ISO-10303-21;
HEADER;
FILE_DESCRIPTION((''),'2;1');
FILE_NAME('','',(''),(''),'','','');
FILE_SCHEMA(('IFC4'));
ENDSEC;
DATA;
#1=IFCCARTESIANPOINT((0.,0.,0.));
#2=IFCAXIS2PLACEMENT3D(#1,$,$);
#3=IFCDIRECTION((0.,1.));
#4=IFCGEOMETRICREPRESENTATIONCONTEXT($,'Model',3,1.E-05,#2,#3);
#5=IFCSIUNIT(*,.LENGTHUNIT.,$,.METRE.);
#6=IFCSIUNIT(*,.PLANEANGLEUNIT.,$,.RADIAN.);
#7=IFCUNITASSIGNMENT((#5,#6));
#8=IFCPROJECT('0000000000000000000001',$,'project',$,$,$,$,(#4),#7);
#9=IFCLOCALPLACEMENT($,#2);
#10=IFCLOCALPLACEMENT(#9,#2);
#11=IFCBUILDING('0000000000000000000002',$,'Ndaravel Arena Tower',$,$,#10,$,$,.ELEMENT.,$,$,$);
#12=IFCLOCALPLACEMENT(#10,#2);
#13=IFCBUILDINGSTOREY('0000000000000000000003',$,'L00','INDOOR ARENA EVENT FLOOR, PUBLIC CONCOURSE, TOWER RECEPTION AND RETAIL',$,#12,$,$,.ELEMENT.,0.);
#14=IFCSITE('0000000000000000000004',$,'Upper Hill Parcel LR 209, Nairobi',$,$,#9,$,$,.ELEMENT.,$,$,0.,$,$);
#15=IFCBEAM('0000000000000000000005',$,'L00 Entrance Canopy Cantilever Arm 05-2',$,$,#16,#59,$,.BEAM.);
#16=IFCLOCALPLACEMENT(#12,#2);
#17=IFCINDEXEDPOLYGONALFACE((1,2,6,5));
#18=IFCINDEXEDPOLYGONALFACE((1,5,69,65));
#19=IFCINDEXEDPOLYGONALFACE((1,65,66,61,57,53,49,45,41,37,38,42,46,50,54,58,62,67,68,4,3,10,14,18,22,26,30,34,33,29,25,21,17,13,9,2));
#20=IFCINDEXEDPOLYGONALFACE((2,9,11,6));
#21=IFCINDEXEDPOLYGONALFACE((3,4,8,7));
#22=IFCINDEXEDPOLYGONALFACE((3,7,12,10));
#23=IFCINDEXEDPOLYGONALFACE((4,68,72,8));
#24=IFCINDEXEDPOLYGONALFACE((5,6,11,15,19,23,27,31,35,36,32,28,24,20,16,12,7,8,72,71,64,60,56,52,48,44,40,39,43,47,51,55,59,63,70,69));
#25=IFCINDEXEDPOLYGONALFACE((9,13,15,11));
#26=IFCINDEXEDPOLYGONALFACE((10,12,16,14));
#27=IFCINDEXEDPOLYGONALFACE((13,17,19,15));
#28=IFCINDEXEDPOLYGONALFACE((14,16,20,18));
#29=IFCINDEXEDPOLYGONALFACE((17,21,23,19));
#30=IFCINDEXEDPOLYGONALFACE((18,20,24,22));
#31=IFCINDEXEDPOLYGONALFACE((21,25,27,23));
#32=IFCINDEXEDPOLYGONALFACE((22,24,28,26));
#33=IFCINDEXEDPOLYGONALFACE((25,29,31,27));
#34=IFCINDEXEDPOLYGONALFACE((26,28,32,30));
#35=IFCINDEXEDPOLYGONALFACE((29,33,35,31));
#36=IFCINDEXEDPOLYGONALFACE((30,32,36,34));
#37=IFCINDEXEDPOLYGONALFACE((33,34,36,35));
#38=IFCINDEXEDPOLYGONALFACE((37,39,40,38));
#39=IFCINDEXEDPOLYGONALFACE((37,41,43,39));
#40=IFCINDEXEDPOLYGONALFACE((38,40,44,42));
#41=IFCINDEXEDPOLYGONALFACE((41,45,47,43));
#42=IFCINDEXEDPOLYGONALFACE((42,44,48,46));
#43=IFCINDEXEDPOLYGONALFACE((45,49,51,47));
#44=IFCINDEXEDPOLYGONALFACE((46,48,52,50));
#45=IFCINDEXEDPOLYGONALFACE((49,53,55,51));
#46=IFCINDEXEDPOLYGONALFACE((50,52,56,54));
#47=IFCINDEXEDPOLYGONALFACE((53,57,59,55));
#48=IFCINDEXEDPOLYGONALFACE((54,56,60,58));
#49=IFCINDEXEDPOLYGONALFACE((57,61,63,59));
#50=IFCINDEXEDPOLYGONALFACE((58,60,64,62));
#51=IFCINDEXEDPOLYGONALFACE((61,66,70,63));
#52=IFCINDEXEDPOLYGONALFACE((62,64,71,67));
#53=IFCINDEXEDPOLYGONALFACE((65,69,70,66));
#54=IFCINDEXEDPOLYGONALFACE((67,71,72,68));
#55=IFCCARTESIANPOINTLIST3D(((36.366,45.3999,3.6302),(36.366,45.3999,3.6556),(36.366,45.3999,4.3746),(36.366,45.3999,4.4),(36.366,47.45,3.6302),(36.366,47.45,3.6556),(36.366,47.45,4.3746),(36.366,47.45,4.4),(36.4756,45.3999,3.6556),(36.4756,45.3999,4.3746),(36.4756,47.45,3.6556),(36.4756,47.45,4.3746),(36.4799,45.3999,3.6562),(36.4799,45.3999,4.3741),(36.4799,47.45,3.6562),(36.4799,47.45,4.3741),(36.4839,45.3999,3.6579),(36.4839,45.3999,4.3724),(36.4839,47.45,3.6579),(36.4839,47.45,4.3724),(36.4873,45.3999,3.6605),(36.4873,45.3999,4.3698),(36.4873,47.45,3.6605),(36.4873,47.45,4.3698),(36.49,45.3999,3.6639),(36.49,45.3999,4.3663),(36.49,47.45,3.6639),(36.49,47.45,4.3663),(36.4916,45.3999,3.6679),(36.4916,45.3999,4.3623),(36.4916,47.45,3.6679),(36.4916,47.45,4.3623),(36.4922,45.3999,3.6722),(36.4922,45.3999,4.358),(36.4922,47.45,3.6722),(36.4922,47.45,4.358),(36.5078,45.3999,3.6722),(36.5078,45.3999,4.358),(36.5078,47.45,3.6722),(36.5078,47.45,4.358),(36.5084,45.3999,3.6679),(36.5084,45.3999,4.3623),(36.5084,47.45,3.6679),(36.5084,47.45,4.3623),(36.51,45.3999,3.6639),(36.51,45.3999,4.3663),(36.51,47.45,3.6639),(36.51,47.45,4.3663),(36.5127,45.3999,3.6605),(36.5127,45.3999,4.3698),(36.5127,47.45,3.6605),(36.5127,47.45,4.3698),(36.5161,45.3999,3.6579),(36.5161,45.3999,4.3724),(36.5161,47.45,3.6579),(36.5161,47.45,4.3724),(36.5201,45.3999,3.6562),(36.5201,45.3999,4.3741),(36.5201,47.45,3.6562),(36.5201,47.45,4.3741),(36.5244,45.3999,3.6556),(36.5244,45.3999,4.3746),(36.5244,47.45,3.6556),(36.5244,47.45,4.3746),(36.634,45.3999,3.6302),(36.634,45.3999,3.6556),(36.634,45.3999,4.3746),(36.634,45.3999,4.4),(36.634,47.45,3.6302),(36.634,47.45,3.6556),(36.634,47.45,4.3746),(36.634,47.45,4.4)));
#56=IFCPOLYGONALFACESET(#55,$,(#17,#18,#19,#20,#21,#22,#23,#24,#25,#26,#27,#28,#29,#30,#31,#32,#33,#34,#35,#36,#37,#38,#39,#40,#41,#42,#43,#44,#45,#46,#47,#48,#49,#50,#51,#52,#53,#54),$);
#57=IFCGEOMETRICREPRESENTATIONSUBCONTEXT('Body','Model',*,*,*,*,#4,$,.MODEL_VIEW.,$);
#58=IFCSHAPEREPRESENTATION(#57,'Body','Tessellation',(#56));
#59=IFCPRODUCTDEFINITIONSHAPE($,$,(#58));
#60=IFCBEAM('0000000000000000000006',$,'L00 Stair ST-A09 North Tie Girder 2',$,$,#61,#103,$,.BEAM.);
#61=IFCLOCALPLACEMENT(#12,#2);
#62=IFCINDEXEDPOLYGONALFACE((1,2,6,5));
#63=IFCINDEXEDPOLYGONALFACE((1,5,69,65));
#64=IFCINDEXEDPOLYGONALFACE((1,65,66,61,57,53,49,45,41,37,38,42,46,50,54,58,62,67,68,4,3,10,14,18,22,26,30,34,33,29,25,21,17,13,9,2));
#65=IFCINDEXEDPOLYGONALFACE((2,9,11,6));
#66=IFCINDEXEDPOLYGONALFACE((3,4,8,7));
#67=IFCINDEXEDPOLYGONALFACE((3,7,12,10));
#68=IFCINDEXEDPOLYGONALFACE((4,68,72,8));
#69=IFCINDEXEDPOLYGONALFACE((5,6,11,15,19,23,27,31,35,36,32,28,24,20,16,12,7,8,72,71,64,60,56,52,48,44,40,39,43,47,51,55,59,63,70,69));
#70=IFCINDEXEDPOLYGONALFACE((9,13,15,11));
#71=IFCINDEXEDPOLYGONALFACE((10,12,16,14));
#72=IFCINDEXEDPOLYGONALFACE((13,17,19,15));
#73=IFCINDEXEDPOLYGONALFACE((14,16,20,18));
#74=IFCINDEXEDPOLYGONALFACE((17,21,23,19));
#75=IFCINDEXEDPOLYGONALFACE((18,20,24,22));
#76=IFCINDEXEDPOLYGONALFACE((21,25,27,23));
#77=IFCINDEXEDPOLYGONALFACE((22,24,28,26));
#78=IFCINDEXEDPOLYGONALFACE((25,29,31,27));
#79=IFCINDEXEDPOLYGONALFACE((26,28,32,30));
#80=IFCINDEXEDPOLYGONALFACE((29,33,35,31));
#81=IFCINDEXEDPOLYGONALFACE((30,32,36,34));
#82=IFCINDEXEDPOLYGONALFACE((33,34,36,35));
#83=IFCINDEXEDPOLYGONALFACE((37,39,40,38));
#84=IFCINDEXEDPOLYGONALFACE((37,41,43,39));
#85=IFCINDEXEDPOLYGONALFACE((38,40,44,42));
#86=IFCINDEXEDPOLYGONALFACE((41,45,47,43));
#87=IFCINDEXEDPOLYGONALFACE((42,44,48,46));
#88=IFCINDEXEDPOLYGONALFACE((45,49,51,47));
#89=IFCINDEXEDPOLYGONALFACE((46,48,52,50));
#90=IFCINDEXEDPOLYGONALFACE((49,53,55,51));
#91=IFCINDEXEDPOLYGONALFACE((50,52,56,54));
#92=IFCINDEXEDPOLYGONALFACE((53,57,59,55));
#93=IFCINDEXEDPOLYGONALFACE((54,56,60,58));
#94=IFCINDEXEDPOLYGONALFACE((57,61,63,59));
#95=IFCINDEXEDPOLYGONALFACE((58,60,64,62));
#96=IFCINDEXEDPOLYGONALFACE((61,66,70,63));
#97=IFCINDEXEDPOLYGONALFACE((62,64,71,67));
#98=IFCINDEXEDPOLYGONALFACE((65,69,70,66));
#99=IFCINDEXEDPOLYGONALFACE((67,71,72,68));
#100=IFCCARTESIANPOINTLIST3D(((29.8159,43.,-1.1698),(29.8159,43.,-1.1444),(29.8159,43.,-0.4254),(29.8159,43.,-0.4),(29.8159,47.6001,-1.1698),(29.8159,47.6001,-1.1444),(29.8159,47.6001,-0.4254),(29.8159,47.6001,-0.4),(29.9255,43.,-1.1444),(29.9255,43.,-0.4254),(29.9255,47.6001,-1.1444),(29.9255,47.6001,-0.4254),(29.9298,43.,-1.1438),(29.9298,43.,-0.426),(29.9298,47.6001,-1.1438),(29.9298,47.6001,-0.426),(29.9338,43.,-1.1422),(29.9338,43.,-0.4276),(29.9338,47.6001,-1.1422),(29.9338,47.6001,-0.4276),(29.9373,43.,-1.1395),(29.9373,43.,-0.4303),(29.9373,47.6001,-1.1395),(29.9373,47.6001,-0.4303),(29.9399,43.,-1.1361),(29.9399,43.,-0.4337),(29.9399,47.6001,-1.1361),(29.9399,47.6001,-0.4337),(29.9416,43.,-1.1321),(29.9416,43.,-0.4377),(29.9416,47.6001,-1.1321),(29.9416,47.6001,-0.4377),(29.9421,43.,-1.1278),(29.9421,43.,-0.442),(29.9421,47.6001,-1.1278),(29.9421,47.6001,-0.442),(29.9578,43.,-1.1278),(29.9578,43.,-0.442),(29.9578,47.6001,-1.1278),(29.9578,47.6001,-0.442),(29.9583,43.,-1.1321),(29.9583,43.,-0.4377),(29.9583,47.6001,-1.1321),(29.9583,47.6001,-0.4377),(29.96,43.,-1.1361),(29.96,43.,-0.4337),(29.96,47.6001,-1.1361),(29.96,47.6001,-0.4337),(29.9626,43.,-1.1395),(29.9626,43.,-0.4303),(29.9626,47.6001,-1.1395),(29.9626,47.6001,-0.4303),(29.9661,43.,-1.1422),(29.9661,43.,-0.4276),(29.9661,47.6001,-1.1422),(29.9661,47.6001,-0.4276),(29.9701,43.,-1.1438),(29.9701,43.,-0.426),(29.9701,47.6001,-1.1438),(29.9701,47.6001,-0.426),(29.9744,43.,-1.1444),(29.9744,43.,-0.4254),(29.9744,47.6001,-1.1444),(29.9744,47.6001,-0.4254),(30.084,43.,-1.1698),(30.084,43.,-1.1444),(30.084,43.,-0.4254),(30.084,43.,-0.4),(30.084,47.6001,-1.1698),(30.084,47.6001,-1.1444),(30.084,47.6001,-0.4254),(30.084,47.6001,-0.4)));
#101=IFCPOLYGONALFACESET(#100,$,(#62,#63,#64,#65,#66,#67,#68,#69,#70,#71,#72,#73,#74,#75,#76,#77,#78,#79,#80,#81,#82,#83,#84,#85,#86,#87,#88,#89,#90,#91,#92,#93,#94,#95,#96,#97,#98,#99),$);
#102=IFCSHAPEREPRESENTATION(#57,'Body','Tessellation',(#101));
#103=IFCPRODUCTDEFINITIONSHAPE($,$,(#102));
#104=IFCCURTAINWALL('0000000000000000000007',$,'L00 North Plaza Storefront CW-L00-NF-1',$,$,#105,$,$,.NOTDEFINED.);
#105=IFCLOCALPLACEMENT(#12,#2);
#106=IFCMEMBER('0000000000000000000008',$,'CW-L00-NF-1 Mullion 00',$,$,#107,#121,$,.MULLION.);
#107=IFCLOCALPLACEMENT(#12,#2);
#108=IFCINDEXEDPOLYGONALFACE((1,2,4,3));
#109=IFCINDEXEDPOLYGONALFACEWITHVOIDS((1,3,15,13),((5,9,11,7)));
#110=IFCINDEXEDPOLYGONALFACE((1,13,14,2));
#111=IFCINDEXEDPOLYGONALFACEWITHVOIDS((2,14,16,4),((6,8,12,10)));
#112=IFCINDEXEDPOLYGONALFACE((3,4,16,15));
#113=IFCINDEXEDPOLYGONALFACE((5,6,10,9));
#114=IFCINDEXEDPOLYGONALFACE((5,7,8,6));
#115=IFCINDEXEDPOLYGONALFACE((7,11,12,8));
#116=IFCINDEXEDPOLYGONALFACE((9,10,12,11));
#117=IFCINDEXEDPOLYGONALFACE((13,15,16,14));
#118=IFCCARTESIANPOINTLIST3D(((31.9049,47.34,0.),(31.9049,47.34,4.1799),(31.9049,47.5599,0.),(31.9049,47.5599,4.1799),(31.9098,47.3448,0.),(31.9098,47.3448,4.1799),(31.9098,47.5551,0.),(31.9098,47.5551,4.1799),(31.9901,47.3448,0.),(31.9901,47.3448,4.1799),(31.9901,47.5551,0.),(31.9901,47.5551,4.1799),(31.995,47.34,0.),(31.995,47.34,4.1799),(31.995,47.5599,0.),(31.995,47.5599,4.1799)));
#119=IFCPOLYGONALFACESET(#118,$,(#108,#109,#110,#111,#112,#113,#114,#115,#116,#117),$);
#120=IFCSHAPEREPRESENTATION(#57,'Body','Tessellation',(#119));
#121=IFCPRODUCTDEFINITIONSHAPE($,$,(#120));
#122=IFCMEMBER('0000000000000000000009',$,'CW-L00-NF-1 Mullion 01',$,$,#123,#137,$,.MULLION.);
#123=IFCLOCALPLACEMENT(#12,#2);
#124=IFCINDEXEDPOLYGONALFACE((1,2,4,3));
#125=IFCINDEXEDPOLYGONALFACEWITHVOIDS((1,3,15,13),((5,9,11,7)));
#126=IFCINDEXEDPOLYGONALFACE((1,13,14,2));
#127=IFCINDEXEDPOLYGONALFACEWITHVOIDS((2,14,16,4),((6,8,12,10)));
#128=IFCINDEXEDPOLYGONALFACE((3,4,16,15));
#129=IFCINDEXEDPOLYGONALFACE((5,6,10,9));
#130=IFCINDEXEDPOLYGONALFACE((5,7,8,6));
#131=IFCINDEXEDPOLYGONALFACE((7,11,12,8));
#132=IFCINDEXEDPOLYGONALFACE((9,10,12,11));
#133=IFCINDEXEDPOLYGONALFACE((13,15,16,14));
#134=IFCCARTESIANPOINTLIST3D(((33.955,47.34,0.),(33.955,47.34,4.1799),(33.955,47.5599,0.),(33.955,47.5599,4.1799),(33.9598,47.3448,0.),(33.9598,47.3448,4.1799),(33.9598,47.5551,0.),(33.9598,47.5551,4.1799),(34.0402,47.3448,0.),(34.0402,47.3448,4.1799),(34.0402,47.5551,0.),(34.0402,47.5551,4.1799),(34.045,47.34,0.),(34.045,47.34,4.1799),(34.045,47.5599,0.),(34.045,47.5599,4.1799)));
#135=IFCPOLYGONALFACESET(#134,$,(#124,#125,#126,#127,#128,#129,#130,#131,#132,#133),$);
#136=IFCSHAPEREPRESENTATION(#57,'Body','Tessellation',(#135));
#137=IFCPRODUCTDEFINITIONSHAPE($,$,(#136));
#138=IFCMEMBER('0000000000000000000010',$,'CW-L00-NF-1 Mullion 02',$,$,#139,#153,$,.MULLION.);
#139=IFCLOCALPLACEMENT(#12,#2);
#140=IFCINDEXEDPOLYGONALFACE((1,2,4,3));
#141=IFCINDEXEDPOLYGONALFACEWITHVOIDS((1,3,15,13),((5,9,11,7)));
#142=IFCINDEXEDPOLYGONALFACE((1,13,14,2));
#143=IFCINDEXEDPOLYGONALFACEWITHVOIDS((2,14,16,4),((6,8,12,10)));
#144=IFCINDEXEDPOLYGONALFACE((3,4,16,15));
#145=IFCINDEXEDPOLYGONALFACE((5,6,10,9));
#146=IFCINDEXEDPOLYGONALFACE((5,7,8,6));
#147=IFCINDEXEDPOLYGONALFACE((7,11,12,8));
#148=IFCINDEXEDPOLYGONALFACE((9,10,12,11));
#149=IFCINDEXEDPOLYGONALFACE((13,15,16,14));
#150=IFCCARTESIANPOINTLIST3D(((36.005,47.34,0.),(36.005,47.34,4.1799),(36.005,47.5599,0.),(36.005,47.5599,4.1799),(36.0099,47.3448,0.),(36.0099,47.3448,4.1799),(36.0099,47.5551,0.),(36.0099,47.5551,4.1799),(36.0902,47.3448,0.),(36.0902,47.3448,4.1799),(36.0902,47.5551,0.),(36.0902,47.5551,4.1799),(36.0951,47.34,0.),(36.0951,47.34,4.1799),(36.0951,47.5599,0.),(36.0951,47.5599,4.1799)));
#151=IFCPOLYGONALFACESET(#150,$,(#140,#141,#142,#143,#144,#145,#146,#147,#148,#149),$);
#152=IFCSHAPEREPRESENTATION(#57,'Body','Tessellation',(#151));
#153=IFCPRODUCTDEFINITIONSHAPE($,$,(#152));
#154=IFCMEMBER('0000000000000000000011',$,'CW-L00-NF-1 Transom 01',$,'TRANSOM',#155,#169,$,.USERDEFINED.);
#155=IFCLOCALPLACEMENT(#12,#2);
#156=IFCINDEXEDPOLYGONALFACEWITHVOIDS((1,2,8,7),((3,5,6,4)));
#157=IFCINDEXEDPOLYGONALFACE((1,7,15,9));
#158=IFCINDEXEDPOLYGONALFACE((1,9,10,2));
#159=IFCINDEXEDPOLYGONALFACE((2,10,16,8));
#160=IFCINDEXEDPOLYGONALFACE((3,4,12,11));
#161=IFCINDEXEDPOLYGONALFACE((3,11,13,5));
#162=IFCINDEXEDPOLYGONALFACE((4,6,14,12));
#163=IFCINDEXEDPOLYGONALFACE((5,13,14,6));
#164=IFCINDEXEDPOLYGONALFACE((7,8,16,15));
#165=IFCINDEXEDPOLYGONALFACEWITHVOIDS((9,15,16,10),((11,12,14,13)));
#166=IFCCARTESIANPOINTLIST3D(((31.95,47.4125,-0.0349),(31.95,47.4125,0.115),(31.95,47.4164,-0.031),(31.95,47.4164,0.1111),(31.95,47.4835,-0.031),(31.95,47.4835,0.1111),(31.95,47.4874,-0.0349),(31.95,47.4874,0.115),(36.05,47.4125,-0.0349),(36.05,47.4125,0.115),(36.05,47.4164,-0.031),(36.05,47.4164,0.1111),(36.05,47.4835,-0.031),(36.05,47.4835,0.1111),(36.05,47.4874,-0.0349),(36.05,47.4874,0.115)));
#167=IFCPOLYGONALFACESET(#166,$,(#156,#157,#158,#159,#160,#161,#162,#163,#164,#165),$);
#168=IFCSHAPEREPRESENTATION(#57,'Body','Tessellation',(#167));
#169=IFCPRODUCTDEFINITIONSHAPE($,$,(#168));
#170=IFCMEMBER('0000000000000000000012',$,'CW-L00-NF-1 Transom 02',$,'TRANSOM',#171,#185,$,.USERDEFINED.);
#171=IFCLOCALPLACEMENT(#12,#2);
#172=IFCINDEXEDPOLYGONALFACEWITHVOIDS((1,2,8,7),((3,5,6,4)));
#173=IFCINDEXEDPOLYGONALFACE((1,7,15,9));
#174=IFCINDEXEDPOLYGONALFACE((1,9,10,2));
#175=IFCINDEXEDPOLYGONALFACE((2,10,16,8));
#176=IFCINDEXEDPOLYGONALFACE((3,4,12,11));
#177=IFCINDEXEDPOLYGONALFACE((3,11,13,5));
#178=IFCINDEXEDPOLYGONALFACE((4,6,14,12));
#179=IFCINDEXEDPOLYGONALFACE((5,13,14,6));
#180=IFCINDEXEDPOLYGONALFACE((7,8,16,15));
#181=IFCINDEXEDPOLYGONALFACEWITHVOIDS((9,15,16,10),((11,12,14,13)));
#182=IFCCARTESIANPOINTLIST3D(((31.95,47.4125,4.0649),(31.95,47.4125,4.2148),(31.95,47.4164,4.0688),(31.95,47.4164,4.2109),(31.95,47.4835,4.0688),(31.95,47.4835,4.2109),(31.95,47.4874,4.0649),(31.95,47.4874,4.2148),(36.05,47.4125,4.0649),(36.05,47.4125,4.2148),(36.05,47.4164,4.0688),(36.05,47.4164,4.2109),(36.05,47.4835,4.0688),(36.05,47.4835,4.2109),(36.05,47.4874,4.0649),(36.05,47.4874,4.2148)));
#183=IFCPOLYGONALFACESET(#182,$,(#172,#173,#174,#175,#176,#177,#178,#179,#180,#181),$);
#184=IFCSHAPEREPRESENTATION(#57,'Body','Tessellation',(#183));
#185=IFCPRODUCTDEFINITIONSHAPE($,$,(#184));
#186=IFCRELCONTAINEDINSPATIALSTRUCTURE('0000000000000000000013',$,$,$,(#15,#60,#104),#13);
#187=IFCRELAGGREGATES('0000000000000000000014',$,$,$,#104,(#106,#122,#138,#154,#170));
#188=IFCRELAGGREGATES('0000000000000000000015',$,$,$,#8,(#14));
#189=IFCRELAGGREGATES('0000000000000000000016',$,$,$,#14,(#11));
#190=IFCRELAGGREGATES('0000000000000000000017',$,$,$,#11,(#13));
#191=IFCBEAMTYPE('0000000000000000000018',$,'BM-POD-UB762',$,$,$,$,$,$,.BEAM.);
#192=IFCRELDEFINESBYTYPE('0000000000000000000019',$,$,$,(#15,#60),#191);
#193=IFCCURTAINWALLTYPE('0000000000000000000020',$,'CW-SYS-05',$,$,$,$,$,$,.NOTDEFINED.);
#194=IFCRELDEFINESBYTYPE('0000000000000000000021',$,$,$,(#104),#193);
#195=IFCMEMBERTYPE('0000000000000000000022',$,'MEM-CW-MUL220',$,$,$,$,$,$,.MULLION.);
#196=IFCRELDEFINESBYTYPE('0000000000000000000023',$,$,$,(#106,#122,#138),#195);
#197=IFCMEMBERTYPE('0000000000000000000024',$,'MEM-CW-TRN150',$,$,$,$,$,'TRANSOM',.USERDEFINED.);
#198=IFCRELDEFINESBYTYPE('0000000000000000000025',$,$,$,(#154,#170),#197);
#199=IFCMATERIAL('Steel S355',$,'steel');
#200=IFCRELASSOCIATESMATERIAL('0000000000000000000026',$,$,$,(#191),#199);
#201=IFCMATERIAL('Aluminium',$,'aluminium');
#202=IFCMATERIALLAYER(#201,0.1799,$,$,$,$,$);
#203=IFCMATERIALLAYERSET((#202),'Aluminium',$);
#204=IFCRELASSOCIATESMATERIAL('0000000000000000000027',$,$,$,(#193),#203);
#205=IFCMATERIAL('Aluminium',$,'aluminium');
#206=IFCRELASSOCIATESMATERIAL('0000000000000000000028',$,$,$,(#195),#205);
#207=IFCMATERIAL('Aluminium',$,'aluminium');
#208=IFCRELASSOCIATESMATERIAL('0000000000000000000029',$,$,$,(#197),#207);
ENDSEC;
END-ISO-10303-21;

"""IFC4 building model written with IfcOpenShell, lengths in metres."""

from ifc_helpers import new_model, si_unit, direction, frame, origin, origin_2d, place, context, subcontext, project, spatial, hollow_rectangle, i_section, extrude, material, layer, layer_set, material_profile, profile_set, type_object, element, aggregate, save


model = new_model("IFC4")

# Units and contexts
model_context = context("Model", 3, precision=1e-05, world=origin(), true_north=direction((0.0, 1.0)))
body_context = subcontext(model_context, "Body", "Model", "MODEL_VIEW")
ifc_project = project(units=[si_unit("LENGTHUNIT", "METRE"), si_unit("PLANEANGLEUNIT", "RADIAN")], contexts=[model_context])

# Site, building, storey
site_placement = place(None, origin())
site = spatial("IfcSite", under=ifc_project, at=site_placement, Name="Upper Hill Parcel LR 209, Nairobi", CompositionType="ELEMENT", RefElevation=0.0)
building_placement = place(site_placement, origin())
building = spatial("IfcBuilding", under=site, at=building_placement, Name="Ndaravel Arena Tower", CompositionType="ELEMENT")
storey_placement = place(building_placement, origin())
storey = spatial("IfcBuildingStorey", under=building, at=storey_placement, Name="L00", Description="INDOOR ARENA EVENT FLOOR, PUBLIC CONCOURSE, TOWER RECEPTION AND RETAIL", CompositionType="ELEMENT", Elevation=0.0)

# Beams
ifc_material_1 = material(Name="Steel S355", Category="steel")
ifc_material_profile_1 = material_profile(ifc_material_1, i_section(OverallWidth=0.2681, OverallDepth=0.7698, WebThickness=0.0156, FlangeThickness=0.0254, FilletRadius=0.0166, at=origin_2d()), Name="UB 762x267x197")
ifc_profile_set_1 = profile_set([ifc_material_profile_1], Name="Steel S355")
beam_type_1 = type_object("IfcBeamType", Name="BM-POD-UB762", PredefinedType="BEAM", material=ifc_profile_set_1)
for number, where, z_axis, x_axis, name in (
    (1, (36.5, 47.45, 4.0151), (0.0, -1.0, 0.0), (1.0, 0.0, 0.0), "L00 Entrance Canopy Cantilever Arm 05-2"),
):
    element("IfcBeam", number, at=place(storey_placement, frame(where, z_axis=z_axis, x_axis=x_axis)), inside=storey, type_object=beam_type_1, Name=name, PredefinedType="BEAM", context=body_context, shape_type="SweptSolid", body=[
        extrude(i_section(OverallWidth=0.2681, OverallDepth=0.7698, WebThickness=0.0156, FlangeThickness=0.0254, FilletRadius=0.0166, at=origin_2d()), origin(), (0.0, 0.0, 1.0), 2.05),
    ])
beam_1_placement = place(storey_placement, frame((29.95, 43.0, -0.7849), z_axis=(0.0, 1.0, 0.0), x_axis=(-1.0, 0.0, 0.0)))
element("IfcBeam", 2, at=beam_1_placement, inside=storey, type_object=beam_type_1, Name="L00 Stair ST-A09 North Tie Girder 2", PredefinedType="BEAM", context=body_context, shape_type="SweptSolid", body=[
    extrude(i_section(OverallWidth=0.2681, OverallDepth=0.7698, WebThickness=0.0156, FlangeThickness=0.0254, FilletRadius=0.0166, at=origin_2d()), origin(), (0.0, 0.0, 1.0), 4.6001),
])

# Curtain wall, members
ifc_material_2 = material(Name="Aluminium", Category="aluminium")
ifc_layer_1 = layer(ifc_material_2, 0.1799)
ifc_layer_set_1 = layer_set([ifc_layer_1], Name="Aluminium")
curtain_wall_type = type_object("IfcCurtainWallType", Name="CW-SYS-05", PredefinedType="NOTDEFINED", material=ifc_layer_set_1)
curtain_wall_placement = place(storey_placement, origin())
curtain_wall = element("IfcCurtainWall", 3, at=curtain_wall_placement, inside=storey, type_object=curtain_wall_type, Name="L00 North Plaza Storefront CW-L00-NF-1", PredefinedType="NOTDEFINED")
ifc_material_3 = material(Name="Aluminium", Category="aluminium")
ifc_material_profile_2 = material_profile(ifc_material_3, hollow_rectangle(XDim=0.0901, YDim=0.22, WallThickness=0.0049, at=origin_2d()), Name="CW MULLION 90x220x5")
ifc_profile_set_2 = profile_set([ifc_material_profile_2], Name="Aluminium")
member_type_1 = type_object("IfcMemberType", Name="MEM-CW-MUL220", PredefinedType="MULLION", material=ifc_profile_set_2)
member_1_placement = place(storey_placement, frame((31.95, 47.45, 0.0), z_axis=(0.0, 0.0, 1.0), x_axis=(1.0, 0.0, 0.0)))
member_1 = element("IfcMember", 4, at=member_1_placement, type_object=member_type_1, Name="CW-L00-NF-1 Mullion 00", PredefinedType="MULLION", context=body_context, shape_type="SweptSolid", body=[
    extrude(hollow_rectangle(XDim=0.0901, YDim=0.22, WallThickness=0.0049, at=origin_2d()), origin(), (0.0, 0.0, 1.0), 4.1799),
])
member_2_placement = place(storey_placement, frame((34.0, 47.45, 0.0), z_axis=(0.0, 0.0, 1.0), x_axis=(1.0, 0.0, 0.0)))
member_2 = element("IfcMember", 5, at=member_2_placement, type_object=member_type_1, Name="CW-L00-NF-1 Mullion 01", PredefinedType="MULLION", context=body_context, shape_type="SweptSolid", body=[
    extrude(hollow_rectangle(XDim=0.0901, YDim=0.22, WallThickness=0.0049, at=origin_2d()), origin(), (0.0, 0.0, 1.0), 4.1799),
])
member_3_placement = place(storey_placement, frame((36.05, 47.45, 0.0), z_axis=(0.0, 0.0, 1.0), x_axis=(1.0, 0.0, 0.0)))
member_3 = element("IfcMember", 6, at=member_3_placement, type_object=member_type_1, Name="CW-L00-NF-1 Mullion 02", PredefinedType="MULLION", context=body_context, shape_type="SweptSolid", body=[
    extrude(hollow_rectangle(XDim=0.0901, YDim=0.22, WallThickness=0.0049, at=origin_2d()), origin(), (0.0, 0.0, 1.0), 4.1799),
])
ifc_material_4 = material(Name="Aluminium", Category="aluminium")
ifc_material_profile_3 = material_profile(ifc_material_4, hollow_rectangle(XDim=0.075, YDim=0.1499, WallThickness=0.0039, at=origin_2d()), Name="CW TRANSOM 75x150x4")
ifc_profile_set_3 = profile_set([ifc_material_profile_3], Name="Aluminium")
member_type_2 = type_object("IfcMemberType", Name="MEM-CW-TRN150", ElementType="TRANSOM", PredefinedType="USERDEFINED", material=ifc_profile_set_3)
member_4_placement = place(storey_placement, frame((31.95, 47.45, 0.04), z_axis=(1.0, 0.0, 0.0), x_axis=(0.0, 1.0, 0.0)))
member_4 = element("IfcMember", 7, at=member_4_placement, type_object=member_type_2, Name="CW-L00-NF-1 Transom 01", ObjectType="TRANSOM", PredefinedType="USERDEFINED", context=body_context, shape_type="SweptSolid", body=[
    extrude(hollow_rectangle(XDim=0.075, YDim=0.1499, WallThickness=0.0039, at=origin_2d()), origin(), (0.0, 0.0, 1.0), 4.1001),
])
member_5_placement = place(storey_placement, frame((31.95, 47.45, 4.1399), z_axis=(1.0, 0.0, 0.0), x_axis=(0.0, 1.0, 0.0)))
member_5 = element("IfcMember", 8, at=member_5_placement, type_object=member_type_2, Name="CW-L00-NF-1 Transom 02", ObjectType="TRANSOM", PredefinedType="USERDEFINED", context=body_context, shape_type="SweptSolid", body=[
    extrude(hollow_rectangle(XDim=0.075, YDim=0.1499, WallThickness=0.0039, at=origin_2d()), origin(), (0.0, 0.0, 1.0), 4.1001),
])
aggregate(curtain_wall, [member_1, member_2, member_3, member_4, member_5])

save(model, "model.ifc")
